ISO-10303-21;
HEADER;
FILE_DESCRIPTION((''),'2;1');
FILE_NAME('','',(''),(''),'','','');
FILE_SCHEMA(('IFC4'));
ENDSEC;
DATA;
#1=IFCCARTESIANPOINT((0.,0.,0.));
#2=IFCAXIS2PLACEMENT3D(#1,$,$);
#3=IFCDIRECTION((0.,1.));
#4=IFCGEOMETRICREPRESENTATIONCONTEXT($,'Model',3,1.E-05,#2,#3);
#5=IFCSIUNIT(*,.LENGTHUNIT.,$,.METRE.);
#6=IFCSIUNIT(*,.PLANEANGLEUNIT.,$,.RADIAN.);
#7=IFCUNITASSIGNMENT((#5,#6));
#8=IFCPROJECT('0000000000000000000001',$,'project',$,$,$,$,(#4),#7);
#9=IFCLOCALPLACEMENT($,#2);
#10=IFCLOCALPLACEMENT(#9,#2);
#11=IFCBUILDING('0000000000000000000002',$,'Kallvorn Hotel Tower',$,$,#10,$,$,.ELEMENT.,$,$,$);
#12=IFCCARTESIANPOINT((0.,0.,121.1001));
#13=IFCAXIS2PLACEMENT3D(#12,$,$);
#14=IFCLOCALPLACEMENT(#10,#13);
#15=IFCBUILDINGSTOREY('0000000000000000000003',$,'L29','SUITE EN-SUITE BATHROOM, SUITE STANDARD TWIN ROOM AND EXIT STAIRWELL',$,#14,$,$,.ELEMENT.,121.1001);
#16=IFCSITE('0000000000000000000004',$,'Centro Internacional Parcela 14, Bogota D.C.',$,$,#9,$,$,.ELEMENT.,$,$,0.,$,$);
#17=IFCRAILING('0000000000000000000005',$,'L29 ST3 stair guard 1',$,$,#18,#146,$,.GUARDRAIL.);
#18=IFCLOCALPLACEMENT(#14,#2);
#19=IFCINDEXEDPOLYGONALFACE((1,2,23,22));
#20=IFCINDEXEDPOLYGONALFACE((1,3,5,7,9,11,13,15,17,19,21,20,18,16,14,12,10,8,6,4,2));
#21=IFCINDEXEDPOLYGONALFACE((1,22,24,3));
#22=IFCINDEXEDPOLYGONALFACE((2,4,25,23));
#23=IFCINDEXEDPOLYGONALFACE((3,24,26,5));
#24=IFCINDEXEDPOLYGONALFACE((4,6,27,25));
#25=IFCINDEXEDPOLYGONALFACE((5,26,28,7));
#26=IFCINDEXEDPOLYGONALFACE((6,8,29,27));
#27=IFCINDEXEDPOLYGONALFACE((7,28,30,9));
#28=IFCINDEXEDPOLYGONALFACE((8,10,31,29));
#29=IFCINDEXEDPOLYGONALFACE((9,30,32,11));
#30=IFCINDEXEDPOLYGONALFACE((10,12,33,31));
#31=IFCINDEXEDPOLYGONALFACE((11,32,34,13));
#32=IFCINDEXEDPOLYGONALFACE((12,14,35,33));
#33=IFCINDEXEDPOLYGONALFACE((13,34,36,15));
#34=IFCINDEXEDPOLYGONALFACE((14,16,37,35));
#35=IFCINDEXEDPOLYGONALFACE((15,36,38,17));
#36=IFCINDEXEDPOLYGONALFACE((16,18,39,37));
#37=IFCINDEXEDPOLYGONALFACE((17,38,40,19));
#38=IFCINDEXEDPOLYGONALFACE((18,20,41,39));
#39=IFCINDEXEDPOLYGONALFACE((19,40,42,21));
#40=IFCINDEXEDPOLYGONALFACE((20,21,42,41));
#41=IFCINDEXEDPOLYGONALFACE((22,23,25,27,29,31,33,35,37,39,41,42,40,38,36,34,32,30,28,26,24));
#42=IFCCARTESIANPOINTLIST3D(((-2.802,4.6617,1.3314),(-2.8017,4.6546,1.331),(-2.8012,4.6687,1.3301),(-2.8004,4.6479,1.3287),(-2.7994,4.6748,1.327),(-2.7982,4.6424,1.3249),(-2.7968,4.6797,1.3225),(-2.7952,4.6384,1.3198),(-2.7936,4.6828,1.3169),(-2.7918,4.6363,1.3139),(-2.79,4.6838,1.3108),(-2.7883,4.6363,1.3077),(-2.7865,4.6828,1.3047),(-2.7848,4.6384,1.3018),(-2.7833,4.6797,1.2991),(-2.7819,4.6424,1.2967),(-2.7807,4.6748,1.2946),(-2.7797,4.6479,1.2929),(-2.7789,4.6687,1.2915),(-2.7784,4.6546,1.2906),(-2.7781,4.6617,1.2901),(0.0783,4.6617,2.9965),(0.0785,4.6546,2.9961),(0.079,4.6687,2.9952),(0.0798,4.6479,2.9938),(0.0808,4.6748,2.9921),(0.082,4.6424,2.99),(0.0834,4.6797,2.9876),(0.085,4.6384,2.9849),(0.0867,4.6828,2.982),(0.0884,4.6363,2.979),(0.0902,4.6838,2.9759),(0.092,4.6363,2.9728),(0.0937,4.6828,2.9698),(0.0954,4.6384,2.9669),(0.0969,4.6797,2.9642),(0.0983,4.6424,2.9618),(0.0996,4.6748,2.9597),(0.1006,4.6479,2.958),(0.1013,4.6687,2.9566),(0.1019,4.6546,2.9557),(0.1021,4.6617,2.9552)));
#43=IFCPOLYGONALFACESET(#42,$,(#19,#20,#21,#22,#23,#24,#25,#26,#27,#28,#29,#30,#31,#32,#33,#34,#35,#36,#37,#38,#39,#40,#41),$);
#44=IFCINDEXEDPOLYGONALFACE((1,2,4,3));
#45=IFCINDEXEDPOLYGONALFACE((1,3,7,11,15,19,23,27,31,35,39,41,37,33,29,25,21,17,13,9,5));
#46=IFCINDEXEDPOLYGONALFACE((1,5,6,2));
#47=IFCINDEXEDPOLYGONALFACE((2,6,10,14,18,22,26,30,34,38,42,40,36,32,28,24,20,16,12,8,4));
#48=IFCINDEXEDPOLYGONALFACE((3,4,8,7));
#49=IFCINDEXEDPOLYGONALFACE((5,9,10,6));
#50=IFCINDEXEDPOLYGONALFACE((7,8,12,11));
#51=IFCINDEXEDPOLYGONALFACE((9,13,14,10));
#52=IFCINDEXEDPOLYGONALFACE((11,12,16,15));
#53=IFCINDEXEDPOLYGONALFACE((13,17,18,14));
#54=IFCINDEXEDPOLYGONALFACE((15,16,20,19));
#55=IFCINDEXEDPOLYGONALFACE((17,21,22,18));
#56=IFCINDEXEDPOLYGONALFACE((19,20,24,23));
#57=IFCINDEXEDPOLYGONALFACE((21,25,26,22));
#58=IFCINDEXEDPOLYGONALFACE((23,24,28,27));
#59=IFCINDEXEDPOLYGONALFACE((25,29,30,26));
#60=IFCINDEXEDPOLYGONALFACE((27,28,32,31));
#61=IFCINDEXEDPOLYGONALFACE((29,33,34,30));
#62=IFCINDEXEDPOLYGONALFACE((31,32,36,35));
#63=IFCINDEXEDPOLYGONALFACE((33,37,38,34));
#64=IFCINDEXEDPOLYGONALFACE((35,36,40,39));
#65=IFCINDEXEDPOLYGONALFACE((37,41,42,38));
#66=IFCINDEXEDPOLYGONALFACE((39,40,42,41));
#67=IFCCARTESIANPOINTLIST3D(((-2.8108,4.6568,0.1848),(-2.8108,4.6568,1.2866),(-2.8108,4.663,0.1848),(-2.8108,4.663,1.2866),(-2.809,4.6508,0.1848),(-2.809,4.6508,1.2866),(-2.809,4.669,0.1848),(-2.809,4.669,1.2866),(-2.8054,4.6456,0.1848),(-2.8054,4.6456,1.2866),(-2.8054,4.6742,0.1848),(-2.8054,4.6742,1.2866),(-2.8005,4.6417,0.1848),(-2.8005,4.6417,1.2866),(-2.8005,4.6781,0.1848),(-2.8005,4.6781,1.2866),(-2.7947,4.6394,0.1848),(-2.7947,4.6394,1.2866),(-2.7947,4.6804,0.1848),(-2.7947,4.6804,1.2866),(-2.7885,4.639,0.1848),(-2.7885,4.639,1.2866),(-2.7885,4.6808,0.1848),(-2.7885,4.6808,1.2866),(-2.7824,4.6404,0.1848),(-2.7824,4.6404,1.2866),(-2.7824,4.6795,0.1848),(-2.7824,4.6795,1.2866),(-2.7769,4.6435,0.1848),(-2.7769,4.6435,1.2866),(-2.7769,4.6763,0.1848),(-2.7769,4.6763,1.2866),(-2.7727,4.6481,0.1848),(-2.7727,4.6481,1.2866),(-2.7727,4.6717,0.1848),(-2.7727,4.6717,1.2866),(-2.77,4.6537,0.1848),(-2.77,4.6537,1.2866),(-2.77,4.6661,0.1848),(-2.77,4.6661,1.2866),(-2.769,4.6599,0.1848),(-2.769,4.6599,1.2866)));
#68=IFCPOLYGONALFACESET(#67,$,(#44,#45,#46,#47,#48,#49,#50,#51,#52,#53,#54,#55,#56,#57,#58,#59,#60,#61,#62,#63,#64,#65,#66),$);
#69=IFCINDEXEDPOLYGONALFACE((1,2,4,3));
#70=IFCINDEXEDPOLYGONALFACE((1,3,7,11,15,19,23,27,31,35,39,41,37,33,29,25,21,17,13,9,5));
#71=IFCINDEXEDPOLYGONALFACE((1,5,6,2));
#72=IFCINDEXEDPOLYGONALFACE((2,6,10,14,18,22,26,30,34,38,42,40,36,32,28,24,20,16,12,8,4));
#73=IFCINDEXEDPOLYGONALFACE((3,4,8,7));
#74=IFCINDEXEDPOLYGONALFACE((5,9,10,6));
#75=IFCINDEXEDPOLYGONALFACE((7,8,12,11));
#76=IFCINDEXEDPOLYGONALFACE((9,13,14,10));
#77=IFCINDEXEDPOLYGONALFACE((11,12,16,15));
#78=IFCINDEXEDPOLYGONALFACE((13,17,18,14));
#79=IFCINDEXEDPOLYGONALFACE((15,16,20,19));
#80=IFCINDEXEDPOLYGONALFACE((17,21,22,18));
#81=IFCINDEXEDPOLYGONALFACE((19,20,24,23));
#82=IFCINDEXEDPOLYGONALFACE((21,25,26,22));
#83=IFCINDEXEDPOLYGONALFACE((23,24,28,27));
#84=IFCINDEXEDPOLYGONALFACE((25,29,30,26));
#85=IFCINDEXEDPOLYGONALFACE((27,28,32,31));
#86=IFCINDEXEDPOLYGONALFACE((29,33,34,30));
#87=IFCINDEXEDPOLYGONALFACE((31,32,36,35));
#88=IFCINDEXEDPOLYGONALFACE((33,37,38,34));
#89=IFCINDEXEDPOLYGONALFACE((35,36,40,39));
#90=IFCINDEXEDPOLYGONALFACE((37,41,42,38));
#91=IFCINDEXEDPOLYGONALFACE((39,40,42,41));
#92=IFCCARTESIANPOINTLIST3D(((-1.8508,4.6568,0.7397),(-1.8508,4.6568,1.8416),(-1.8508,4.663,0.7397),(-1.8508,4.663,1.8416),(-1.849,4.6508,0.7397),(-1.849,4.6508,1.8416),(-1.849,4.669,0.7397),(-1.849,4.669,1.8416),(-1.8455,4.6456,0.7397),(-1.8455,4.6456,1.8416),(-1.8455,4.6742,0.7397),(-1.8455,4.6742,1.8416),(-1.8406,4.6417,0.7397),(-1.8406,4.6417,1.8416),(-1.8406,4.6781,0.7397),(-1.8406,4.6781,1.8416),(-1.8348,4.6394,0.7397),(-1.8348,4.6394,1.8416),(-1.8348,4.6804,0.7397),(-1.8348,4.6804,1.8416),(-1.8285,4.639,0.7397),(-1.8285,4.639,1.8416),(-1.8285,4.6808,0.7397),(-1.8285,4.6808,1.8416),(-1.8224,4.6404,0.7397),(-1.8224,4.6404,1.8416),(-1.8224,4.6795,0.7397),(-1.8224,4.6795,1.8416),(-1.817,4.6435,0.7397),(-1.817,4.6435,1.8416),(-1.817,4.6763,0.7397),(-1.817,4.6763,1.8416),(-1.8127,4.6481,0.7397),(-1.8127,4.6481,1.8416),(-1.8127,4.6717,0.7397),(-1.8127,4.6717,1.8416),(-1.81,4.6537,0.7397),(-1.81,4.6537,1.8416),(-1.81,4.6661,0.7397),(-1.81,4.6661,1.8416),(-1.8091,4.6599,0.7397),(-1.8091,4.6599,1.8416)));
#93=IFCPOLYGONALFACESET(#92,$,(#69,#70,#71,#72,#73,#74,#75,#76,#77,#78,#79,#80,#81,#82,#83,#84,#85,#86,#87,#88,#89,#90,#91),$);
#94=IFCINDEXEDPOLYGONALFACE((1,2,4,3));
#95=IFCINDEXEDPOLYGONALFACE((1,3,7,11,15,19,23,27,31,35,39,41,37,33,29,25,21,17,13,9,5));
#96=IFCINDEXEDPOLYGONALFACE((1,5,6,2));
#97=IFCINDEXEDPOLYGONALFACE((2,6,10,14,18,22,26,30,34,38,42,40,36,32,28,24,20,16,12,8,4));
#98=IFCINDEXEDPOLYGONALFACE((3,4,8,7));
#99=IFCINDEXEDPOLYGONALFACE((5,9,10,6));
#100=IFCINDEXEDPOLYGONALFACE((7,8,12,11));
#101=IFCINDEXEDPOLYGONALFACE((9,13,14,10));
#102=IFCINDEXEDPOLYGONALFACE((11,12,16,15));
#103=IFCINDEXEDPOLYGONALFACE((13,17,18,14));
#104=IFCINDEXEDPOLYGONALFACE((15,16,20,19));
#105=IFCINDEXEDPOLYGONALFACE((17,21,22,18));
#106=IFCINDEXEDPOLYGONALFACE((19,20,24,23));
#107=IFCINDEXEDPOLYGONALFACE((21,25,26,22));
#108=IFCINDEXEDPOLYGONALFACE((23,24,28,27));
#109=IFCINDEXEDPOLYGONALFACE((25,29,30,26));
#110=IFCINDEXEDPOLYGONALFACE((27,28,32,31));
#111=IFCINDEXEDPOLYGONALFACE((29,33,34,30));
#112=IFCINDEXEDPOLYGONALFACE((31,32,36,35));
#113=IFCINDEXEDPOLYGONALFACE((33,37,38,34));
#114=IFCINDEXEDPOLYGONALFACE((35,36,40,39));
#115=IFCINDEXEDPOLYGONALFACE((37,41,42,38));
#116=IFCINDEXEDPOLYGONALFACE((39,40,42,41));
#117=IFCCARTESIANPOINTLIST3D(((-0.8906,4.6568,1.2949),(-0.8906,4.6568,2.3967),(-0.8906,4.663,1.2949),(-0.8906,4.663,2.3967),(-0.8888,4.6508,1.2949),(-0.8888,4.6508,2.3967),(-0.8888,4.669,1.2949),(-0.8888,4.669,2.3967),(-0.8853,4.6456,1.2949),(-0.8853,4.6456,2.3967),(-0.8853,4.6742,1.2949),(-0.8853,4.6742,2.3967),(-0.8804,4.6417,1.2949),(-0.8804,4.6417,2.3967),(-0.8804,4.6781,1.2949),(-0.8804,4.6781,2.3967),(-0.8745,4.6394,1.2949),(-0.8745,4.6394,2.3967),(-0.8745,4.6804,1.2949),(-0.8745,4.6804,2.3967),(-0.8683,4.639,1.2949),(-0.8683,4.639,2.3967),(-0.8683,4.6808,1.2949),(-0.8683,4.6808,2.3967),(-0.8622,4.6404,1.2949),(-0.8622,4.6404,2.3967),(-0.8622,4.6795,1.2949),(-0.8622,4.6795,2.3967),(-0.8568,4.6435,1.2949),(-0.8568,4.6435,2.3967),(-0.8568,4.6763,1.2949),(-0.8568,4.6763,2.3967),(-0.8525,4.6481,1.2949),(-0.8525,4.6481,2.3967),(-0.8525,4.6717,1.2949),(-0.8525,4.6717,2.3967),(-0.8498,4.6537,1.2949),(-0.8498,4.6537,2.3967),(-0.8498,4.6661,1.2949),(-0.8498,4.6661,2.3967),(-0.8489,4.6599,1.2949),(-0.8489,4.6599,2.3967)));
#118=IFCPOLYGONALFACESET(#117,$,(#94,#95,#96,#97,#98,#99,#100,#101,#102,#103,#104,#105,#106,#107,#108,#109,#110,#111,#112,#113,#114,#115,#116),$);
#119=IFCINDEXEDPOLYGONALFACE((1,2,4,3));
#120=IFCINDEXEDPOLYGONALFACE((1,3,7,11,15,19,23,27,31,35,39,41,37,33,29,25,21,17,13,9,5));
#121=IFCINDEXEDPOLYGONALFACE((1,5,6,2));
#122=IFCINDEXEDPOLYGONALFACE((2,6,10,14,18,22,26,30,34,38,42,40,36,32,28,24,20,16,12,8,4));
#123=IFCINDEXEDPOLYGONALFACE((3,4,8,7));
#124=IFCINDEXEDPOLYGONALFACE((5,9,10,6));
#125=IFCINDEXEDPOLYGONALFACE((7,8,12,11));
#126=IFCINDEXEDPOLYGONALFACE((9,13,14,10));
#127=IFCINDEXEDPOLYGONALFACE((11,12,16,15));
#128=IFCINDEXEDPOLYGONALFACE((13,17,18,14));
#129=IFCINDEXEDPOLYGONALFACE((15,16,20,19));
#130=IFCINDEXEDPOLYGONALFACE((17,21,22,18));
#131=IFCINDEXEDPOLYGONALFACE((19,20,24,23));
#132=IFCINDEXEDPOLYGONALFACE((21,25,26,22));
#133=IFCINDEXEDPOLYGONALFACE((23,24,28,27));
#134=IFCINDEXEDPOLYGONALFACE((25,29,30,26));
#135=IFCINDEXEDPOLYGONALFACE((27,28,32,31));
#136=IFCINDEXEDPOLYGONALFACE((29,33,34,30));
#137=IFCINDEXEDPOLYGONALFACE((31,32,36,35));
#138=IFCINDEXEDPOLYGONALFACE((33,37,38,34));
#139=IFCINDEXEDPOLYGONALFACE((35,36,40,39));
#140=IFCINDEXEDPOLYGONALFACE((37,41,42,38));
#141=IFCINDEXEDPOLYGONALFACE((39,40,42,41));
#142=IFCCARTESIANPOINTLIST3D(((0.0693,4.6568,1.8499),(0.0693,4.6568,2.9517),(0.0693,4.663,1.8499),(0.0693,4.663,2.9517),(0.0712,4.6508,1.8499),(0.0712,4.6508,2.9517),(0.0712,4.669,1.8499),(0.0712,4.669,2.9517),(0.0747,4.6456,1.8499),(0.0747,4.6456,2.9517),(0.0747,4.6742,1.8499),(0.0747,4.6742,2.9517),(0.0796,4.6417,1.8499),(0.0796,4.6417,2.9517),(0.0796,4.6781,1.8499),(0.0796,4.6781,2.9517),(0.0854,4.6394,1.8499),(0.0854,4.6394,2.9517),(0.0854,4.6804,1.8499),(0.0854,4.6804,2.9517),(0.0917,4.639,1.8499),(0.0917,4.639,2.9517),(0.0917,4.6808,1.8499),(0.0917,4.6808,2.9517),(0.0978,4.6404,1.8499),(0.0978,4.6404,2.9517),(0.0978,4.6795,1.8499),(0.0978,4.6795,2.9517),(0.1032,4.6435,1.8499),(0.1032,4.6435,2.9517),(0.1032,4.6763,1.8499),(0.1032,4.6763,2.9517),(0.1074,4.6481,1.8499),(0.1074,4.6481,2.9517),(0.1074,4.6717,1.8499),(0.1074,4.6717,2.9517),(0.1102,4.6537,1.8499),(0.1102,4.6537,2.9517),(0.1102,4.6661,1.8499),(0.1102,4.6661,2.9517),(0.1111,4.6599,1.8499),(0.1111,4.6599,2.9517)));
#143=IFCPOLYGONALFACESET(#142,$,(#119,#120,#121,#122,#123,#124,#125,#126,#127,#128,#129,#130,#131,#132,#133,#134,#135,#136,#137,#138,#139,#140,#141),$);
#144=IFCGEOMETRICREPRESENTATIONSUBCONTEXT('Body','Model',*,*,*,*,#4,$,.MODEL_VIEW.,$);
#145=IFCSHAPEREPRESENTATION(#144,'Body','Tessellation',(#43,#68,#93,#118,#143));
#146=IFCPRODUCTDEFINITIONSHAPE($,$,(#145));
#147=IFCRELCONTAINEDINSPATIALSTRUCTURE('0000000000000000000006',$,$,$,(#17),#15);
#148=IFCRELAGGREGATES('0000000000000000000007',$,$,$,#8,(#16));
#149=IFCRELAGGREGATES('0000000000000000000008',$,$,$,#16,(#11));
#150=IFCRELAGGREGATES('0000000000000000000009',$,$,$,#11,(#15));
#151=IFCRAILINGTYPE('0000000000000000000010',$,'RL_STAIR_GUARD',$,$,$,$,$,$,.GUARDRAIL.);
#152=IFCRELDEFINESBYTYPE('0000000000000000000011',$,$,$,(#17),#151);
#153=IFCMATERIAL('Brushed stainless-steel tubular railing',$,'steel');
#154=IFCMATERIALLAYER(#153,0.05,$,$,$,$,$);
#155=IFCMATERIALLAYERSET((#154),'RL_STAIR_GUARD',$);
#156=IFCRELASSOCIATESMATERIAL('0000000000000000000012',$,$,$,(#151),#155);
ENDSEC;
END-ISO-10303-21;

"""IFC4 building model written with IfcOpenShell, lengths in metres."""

from ifc_helpers import new_model, si_unit, direction, frame, origin, origin_2d, place, context, subcontext, project, spatial, circle, extrude, material, layer, layer_set, type_object, element, save


model = new_model("IFC4")

# Units and contexts
model_context = context("Model", 3, precision=1e-05, world=origin(), true_north=direction((0.0, 1.0)))
body_context = subcontext(model_context, "Body", "Model", "MODEL_VIEW")
ifc_project = project(units=[si_unit("LENGTHUNIT", "METRE"), si_unit("PLANEANGLEUNIT", "RADIAN")], contexts=[model_context])

# Site, building, storey
site_placement = place(None, origin())
site = spatial("IfcSite", under=ifc_project, at=site_placement, Name="Centro Internacional Parcela 14, Bogota D.C.", CompositionType="ELEMENT", RefElevation=0.0)
building_placement = place(site_placement, origin())
building = spatial("IfcBuilding", under=site, at=building_placement, Name="Kallvorn Hotel Tower", CompositionType="ELEMENT")
storey_placement = place(building_placement, frame((0.0, 0.0, 121.1001)))
storey = spatial("IfcBuildingStorey", under=building, at=storey_placement, Name="L29", Description="SUITE EN-SUITE BATHROOM, SUITE STANDARD TWIN ROOM AND EXIT STAIRWELL", CompositionType="ELEMENT", Elevation=121.1001)

# Railing
ifc_material_1 = material(Name="Brushed stainless-steel tubular railing", Category="steel")
ifc_layer_1 = layer(ifc_material_1, 0.05)
ifc_layer_set_1 = layer_set([ifc_layer_1], Name="RL_STAIR_GUARD")
railing_type = type_object("IfcRailingType", Name="RL_STAIR_GUARD", PredefinedType="GUARDRAIL", material=ifc_layer_set_1)
railing_1_placement = place(storey_placement, frame((-2.79, 4.6599, 0.1848)))
element("IfcRailing", 1, at=railing_1_placement, inside=storey, type_object=railing_type, Name="L29 ST3 stair guard 1", PredefinedType="GUARDRAIL", context=body_context, shape_type="SweptSolid", body=[
    extrude(circle(Radius=0.0239, at=origin_2d()), frame((0.0, 0.0, 1.126), z_axis=(0.865739, 0.0, 0.500495), x_axis=(0.0, 1.0, 0.0)), (0.0, 0.0, 1.0), 3.3269),
    extrude(circle(Radius=0.021, at=origin_2d()), origin(), (0.0, 0.0, 1.0), 1.1018),
    extrude(circle(Radius=0.021, at=origin_2d()), frame((0.96, 0.0, 0.5549)), (0.0, 0.0, 1.0), 1.1018),
    extrude(circle(Radius=0.021, at=origin_2d()), frame((1.9202, 0.0, 1.1101)), (0.0, 0.0, 1.0), 1.1018),
    extrude(circle(Radius=0.021, at=origin_2d()), frame((2.8801, 0.0, 1.665)), (0.0, 0.0, 1.0), 1.1018),
])

save(model, "model.ifc")
